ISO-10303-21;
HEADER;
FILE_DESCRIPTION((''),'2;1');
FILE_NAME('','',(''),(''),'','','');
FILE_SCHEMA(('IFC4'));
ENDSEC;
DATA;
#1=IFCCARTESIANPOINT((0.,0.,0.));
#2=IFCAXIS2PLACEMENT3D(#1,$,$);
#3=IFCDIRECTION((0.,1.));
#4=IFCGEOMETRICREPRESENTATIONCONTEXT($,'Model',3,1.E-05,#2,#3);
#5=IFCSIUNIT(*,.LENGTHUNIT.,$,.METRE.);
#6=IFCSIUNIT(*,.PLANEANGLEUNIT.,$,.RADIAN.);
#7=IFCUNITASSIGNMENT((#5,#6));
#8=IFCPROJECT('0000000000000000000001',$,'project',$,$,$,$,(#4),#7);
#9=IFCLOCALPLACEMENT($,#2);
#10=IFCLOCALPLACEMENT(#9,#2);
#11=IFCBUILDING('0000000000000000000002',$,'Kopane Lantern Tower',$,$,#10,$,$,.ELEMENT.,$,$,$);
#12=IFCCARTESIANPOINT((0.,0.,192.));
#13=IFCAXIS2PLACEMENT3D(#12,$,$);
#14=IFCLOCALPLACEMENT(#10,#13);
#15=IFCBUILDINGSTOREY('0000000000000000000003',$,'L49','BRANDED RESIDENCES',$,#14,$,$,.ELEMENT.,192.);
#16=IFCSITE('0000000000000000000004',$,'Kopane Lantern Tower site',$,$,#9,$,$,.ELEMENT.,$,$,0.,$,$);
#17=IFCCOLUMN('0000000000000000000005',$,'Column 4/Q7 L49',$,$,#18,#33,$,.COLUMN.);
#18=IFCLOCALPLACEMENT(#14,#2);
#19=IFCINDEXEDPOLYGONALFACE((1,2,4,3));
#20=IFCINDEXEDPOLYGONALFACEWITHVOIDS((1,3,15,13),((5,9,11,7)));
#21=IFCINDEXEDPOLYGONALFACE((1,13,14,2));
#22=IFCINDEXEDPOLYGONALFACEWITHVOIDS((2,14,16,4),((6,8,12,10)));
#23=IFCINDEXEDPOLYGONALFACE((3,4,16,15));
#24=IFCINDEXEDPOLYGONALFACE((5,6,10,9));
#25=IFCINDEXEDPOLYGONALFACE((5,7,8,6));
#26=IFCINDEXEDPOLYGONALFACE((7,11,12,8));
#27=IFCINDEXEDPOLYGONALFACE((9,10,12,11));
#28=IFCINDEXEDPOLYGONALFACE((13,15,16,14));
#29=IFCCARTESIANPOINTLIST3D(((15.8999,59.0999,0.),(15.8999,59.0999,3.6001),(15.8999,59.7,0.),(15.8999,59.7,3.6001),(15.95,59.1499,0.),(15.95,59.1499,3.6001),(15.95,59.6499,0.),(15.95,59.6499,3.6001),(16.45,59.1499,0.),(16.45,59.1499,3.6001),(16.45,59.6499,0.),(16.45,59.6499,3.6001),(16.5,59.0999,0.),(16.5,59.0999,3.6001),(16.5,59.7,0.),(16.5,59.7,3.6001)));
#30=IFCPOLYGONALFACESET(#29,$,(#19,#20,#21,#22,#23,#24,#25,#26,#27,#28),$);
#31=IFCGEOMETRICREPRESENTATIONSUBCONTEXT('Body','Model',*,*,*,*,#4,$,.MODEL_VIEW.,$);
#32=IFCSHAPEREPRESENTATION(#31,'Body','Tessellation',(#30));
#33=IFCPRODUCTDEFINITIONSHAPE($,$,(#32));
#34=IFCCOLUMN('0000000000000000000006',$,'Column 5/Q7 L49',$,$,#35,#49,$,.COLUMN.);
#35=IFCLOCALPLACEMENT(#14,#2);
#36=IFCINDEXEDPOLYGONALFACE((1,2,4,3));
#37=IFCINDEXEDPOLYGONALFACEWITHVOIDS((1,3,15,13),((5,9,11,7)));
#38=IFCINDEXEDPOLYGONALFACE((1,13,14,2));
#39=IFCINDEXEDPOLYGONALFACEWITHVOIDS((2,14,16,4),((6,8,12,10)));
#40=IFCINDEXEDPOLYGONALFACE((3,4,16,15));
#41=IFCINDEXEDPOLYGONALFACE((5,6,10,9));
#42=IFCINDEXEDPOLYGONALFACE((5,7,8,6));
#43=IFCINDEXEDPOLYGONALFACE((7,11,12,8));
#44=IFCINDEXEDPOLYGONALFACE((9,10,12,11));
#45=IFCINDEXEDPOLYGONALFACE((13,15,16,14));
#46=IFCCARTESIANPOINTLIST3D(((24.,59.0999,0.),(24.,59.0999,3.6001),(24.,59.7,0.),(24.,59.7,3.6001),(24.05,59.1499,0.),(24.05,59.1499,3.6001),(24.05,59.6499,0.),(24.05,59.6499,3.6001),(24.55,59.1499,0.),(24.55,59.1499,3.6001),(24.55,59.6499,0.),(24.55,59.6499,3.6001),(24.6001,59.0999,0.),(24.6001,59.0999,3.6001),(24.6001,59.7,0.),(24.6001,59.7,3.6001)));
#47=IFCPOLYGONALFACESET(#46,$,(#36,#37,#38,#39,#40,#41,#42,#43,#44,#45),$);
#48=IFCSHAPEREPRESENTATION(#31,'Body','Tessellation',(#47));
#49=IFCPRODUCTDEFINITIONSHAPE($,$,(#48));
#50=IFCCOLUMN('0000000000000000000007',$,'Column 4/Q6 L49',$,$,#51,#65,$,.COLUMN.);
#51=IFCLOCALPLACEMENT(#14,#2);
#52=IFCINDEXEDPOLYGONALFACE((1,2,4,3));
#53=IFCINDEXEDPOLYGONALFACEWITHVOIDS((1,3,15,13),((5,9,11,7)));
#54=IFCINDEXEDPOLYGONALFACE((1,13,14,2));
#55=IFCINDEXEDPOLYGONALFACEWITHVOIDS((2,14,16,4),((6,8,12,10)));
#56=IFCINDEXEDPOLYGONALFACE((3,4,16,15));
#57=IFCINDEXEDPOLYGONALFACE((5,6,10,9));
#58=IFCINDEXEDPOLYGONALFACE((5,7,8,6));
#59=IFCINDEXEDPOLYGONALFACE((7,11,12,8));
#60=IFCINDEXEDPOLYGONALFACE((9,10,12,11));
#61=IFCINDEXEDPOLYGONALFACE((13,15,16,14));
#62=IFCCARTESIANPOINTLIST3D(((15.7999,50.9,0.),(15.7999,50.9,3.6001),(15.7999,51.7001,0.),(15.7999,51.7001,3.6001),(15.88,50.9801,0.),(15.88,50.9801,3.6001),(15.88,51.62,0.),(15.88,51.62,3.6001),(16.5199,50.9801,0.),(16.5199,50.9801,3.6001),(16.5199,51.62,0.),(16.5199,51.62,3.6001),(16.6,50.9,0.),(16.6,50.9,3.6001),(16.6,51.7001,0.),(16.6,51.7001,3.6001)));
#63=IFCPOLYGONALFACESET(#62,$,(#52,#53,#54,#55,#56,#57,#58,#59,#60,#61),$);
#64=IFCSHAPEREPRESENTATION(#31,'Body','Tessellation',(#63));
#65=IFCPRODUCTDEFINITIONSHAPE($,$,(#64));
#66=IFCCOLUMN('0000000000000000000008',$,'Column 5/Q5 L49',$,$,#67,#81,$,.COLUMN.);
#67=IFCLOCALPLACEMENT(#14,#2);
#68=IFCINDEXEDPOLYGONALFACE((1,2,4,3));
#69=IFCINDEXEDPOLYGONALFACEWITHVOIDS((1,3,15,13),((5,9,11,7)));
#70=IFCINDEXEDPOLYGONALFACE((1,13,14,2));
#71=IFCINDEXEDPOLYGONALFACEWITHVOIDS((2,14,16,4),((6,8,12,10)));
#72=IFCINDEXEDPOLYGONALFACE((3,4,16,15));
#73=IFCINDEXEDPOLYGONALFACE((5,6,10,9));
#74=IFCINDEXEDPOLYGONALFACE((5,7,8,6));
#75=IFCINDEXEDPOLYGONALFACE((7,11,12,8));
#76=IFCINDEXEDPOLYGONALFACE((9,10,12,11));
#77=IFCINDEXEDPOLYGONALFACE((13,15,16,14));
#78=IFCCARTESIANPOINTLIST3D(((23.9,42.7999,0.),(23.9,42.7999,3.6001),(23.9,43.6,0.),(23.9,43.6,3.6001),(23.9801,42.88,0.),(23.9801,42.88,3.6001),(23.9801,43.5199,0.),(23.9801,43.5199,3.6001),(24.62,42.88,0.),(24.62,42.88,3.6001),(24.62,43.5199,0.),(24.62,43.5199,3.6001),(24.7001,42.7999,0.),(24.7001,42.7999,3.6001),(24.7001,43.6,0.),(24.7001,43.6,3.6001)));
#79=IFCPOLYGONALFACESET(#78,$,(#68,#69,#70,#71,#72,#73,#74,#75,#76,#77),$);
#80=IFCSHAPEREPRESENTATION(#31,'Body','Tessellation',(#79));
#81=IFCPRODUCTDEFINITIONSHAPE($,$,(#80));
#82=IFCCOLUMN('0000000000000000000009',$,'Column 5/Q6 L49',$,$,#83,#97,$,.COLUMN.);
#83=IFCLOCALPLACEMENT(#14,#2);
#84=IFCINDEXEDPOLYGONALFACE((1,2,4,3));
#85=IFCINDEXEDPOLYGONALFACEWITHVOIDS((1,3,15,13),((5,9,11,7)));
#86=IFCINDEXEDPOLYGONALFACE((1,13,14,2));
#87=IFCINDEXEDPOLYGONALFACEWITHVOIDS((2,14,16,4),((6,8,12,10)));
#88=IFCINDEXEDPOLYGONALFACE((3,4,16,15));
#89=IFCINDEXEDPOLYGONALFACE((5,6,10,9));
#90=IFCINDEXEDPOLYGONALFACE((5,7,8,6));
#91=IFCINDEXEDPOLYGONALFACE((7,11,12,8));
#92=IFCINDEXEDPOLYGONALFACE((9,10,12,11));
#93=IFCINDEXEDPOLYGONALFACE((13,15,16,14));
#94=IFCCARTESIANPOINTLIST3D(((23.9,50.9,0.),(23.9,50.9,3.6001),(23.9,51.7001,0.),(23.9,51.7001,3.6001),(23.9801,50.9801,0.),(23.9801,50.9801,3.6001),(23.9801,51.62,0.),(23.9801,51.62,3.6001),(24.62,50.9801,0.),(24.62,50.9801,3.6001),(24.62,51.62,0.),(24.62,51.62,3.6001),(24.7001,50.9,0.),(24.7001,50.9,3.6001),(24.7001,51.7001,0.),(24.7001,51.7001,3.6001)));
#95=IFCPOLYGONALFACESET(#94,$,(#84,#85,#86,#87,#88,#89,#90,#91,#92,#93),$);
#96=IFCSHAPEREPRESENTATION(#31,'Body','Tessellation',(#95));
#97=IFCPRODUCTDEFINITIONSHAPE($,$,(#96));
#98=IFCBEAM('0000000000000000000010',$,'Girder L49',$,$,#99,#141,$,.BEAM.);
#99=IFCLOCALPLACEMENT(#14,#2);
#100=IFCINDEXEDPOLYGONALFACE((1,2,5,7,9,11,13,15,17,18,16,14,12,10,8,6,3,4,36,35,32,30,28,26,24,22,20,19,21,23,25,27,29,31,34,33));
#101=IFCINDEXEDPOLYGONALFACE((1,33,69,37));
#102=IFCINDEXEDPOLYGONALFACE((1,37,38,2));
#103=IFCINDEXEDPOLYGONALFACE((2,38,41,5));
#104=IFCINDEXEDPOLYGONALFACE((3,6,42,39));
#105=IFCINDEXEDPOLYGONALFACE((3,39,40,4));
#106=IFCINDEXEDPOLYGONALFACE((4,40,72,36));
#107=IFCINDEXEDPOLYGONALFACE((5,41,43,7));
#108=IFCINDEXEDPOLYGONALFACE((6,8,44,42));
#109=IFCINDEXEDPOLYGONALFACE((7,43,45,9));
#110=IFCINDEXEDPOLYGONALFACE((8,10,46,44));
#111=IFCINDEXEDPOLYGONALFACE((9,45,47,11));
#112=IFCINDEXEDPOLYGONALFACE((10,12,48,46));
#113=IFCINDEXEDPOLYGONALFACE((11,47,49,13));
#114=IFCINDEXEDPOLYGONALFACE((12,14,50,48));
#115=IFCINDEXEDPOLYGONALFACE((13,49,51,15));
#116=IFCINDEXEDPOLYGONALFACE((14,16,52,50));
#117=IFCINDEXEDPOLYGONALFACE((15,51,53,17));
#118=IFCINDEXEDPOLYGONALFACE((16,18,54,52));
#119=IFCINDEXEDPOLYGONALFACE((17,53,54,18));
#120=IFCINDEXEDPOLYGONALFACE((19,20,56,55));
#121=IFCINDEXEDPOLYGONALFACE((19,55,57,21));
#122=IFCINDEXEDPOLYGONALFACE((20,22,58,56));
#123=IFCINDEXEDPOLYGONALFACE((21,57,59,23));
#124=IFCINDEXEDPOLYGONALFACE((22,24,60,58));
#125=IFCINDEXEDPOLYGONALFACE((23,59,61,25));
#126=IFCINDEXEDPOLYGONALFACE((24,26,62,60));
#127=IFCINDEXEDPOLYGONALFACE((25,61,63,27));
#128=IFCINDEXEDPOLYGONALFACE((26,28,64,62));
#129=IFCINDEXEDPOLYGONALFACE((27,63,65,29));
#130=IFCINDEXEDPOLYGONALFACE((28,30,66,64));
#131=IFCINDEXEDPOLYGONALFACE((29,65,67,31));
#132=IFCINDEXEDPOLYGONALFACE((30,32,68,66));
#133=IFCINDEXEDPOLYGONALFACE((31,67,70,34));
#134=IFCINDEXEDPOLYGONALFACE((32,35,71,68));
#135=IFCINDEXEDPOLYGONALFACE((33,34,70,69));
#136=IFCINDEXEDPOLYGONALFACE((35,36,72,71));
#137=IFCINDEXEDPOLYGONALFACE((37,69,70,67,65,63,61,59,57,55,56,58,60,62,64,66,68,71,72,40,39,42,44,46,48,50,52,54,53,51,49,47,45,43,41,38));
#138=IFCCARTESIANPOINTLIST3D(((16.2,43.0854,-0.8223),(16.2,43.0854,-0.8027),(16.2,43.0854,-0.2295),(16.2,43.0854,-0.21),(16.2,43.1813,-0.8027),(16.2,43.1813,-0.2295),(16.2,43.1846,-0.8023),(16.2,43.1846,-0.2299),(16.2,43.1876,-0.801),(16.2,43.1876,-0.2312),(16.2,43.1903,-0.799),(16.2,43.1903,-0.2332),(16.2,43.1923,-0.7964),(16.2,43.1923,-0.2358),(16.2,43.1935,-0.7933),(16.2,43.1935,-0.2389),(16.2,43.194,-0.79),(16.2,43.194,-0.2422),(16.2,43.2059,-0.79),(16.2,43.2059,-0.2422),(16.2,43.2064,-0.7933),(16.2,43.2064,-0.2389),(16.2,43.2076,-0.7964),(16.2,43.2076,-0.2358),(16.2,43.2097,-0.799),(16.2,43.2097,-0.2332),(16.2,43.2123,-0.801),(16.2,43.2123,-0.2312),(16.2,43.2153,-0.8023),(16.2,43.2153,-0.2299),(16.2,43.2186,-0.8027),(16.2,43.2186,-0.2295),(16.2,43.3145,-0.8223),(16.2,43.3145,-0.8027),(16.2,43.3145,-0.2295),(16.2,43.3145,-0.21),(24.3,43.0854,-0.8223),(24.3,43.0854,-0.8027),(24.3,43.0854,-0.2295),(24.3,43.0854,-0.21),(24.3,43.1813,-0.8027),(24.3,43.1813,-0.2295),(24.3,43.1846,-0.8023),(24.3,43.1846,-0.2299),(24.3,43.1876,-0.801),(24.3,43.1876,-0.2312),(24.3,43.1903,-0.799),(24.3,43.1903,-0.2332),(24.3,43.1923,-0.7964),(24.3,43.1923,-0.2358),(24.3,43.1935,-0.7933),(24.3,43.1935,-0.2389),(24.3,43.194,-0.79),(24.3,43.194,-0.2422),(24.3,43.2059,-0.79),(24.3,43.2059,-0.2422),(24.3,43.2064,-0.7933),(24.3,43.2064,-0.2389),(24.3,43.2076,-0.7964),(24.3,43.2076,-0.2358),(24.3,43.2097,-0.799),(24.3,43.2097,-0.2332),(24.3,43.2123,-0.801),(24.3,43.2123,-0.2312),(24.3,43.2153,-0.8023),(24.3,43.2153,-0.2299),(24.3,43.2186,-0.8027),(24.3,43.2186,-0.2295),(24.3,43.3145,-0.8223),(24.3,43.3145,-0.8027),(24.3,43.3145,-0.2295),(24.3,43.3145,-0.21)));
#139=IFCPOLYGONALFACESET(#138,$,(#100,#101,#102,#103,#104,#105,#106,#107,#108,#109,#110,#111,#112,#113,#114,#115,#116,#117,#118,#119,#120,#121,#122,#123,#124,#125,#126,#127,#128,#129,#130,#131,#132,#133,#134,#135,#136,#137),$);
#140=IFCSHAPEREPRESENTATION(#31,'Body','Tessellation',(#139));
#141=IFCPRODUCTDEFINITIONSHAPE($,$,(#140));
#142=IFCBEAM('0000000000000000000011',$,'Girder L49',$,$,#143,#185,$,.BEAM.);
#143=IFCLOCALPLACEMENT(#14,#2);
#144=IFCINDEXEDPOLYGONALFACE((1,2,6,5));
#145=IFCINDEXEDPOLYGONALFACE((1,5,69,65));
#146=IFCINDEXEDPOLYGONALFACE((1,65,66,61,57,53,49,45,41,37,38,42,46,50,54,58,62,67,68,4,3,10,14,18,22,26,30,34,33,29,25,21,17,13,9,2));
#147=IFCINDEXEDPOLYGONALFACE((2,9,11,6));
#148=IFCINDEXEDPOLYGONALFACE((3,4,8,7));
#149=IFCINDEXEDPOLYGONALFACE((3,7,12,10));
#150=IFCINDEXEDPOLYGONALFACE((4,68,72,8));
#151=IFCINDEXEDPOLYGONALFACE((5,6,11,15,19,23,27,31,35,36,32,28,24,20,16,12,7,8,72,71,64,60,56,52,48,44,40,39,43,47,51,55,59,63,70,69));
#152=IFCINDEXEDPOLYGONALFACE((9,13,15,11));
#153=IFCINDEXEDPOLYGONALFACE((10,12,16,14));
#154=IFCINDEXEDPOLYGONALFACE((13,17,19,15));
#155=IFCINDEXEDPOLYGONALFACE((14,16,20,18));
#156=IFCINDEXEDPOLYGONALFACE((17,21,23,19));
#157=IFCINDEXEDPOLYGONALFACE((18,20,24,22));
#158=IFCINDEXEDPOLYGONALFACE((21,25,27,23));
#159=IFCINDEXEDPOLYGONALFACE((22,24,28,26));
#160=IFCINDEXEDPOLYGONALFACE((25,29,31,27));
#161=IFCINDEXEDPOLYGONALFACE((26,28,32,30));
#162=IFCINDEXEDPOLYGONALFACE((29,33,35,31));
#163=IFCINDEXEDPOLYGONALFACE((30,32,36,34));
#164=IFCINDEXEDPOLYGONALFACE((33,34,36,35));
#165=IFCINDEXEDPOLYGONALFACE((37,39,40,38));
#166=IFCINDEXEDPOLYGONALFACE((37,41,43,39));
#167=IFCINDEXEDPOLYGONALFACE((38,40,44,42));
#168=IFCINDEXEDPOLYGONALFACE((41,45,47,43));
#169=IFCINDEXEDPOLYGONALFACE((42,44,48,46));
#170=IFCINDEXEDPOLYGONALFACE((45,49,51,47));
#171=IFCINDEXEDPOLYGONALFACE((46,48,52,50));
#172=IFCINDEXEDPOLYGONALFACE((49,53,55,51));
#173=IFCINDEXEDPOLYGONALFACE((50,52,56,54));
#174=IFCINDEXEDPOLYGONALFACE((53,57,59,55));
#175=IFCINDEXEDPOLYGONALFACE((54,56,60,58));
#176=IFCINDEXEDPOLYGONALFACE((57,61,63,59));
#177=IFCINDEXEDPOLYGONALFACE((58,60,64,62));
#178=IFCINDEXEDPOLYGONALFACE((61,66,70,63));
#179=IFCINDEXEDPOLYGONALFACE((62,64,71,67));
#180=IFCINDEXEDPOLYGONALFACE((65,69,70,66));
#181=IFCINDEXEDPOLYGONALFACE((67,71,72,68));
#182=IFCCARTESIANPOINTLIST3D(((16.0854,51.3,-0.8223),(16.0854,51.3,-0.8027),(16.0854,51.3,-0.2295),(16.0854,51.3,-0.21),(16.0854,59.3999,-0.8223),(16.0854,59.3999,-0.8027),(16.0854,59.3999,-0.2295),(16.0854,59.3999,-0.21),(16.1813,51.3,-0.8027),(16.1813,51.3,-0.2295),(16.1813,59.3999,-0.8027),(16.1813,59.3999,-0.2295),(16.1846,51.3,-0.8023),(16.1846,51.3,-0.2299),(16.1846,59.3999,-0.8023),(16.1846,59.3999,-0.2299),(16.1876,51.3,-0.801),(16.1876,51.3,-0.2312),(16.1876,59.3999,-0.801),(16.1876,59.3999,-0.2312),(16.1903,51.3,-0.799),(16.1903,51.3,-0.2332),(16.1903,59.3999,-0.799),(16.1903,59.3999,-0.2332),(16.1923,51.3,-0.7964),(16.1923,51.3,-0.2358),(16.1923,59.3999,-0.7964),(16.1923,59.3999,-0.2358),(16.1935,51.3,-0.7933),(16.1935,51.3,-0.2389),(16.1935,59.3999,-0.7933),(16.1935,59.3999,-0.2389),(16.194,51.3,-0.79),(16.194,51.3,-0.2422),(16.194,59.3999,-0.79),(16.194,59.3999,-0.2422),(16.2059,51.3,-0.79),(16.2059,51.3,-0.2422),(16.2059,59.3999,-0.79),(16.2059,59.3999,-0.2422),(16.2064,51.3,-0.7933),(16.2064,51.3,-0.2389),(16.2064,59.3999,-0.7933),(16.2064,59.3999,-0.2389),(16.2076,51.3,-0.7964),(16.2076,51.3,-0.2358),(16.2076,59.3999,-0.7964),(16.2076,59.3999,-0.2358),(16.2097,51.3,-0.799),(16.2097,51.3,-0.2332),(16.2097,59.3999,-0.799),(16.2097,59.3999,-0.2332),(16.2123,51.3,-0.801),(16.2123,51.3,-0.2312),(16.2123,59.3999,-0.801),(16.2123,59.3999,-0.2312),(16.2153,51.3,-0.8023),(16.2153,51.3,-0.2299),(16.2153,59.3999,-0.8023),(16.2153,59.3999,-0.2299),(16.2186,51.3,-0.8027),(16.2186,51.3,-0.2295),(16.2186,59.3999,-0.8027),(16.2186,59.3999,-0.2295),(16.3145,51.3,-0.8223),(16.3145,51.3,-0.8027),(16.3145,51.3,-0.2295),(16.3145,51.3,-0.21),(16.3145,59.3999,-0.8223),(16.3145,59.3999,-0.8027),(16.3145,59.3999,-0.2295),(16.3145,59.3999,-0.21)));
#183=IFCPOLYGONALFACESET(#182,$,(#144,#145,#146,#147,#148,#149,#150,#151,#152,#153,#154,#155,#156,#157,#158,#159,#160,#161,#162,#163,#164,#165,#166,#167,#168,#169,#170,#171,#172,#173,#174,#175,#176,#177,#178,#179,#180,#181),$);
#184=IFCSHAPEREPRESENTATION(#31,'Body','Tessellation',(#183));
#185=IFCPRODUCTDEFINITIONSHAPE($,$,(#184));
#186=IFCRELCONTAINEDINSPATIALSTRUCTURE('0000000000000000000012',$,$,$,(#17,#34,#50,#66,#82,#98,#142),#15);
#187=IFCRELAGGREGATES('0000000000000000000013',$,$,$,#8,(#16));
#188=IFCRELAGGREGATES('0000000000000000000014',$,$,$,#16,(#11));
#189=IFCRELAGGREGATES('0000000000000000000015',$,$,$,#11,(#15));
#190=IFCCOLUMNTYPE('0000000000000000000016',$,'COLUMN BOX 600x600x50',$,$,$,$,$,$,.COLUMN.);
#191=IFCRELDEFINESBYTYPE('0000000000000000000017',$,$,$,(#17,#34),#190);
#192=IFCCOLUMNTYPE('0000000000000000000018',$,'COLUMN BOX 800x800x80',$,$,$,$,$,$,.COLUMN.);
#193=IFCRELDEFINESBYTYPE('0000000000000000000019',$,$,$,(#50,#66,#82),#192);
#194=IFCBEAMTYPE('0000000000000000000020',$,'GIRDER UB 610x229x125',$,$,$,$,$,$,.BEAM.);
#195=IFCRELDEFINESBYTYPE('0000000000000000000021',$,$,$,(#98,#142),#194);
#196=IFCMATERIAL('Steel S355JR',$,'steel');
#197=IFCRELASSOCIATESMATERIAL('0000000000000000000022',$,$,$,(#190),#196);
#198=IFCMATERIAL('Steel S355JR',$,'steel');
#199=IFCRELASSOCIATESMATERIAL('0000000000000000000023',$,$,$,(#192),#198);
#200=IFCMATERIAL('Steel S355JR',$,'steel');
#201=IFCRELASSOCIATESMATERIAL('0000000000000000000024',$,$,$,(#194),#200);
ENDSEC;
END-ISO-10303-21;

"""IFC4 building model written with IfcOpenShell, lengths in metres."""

from ifc_helpers import new_model, si_unit, direction, frame, origin, origin_2d, place, context, subcontext, project, spatial, hollow_rectangle, i_section, extrude, material, material_profile, profile_set, type_object, element, save


model = new_model("IFC4")

# Units and contexts
model_context = context("Model", 3, precision=1e-05, world=origin(), true_north=direction((0.0, 1.0)))
body_context = subcontext(model_context, "Body", "Model", "MODEL_VIEW")
ifc_project = project(units=[si_unit("LENGTHUNIT", "METRE"), si_unit("PLANEANGLEUNIT", "RADIAN")], contexts=[model_context])

# Site, building, storey
site_placement = place(None, origin())
site = spatial("IfcSite", under=ifc_project, at=site_placement, Name="Kopane Lantern Tower site", CompositionType="ELEMENT", RefElevation=0.0)
building_placement = place(site_placement, origin())
building = spatial("IfcBuilding", under=site, at=building_placement, Name="Kopane Lantern Tower", CompositionType="ELEMENT")
storey_placement = place(building_placement, frame((0.0, 0.0, 192.0)))
storey = spatial("IfcBuildingStorey", under=building, at=storey_placement, Name="L49", Description="BRANDED RESIDENCES", CompositionType="ELEMENT", Elevation=192.0)

# Columns
ifc_material_1 = material(Name="Steel S355JR", Category="steel")
ifc_material_profile_1 = material_profile(ifc_material_1, hollow_rectangle(XDim=0.6001, YDim=0.6001, WallThickness=0.05, at=origin_2d()), Name="BOX 600x600x50")
ifc_profile_set_1 = profile_set([ifc_material_profile_1], Name="Steel S355JR")
column_type_1 = type_object("IfcColumnType", Name="COLUMN BOX 600x600x50", PredefinedType="COLUMN", material=ifc_profile_set_1)
for number, where, z_axis, x_axis, name in (
    (1, (16.2, 59.3999, 0.0), (0.0, 0.0, 1.0), (1.0, 0.0, 0.0), "Column 4/Q7 L49"),
    (2, (24.3, 59.3999, 0.0), (0.0, 0.0, 1.0), (1.0, 0.0, 0.0), "Column 5/Q7 L49"),
):
    element("IfcColumn", number, at=place(storey_placement, frame(where, z_axis=z_axis, x_axis=x_axis)), inside=storey, type_object=column_type_1, Name=name, PredefinedType="COLUMN", context=body_context, shape_type="SweptSolid", body=[
        extrude(hollow_rectangle(XDim=0.6001, YDim=0.6001, WallThickness=0.05, at=origin_2d()), origin(), (0.0, 0.0, 1.0), 3.6001),
    ])
ifc_material_2 = material(Name="Steel S355JR", Category="steel")
ifc_material_profile_2 = material_profile(ifc_material_2, hollow_rectangle(XDim=0.8, YDim=0.8, WallThickness=0.0801, at=origin_2d()), Name="BOX 800x800x80")
ifc_profile_set_2 = profile_set([ifc_material_profile_2], Name="Steel S355JR")
column_type_2 = type_object("IfcColumnType", Name="COLUMN BOX 800x800x80", PredefinedType="COLUMN", material=ifc_profile_set_2)
for number, where, z_axis, x_axis, name in (
    (3, (16.2, 51.3, 0.0), (0.0, 0.0, 1.0), (1.0, 0.0, 0.0), "Column 4/Q6 L49"),
    (4, (24.3, 43.2, 0.0), (0.0, 0.0, 1.0), (1.0, 0.0, 0.0), "Column 5/Q5 L49"),
    (5, (24.3, 51.3, 0.0), (0.0, 0.0, 1.0), (1.0, 0.0, 0.0), "Column 5/Q6 L49"),
):
    element("IfcColumn", number, at=place(storey_placement, frame(where, z_axis=z_axis, x_axis=x_axis)), inside=storey, type_object=column_type_2, Name=name, PredefinedType="COLUMN", context=body_context, shape_type="SweptSolid", body=[
        extrude(hollow_rectangle(XDim=0.8, YDim=0.8, WallThickness=0.0801, at=origin_2d()), origin(), (0.0, 0.0, 1.0), 3.6001),
    ])

# Beams
ifc_material_3 = material(Name="Steel S355JR", Category="steel")
ifc_material_profile_3 = material_profile(ifc_material_3, i_section(OverallWidth=0.229, OverallDepth=0.6123, WebThickness=0.012, FlangeThickness=0.0195, FilletRadius=0.0127, at=origin_2d()), Name="UB 610x229x125")
ifc_profile_set_3 = profile_set([ifc_material_profile_3], Name="Steel S355JR")
beam_type = type_object("IfcBeamType", Name="GIRDER UB 610x229x125", PredefinedType="BEAM", material=ifc_profile_set_3)
beam_1_placement = place(storey_placement, frame((16.2, 43.2, -0.5161), z_axis=(1.0, 0.0, 0.0), x_axis=(0.0, 1.0, 0.0)))
element("IfcBeam", 6, at=beam_1_placement, inside=storey, type_object=beam_type, Name="Girder L49", PredefinedType="BEAM", context=body_context, shape_type="SweptSolid", body=[
    extrude(i_section(OverallWidth=0.229, OverallDepth=0.6123, WebThickness=0.012, FlangeThickness=0.0195, FilletRadius=0.0127, at=origin_2d()), origin(), (0.0, 0.0, 1.0), 8.1001),
])
beam_2_placement = place(storey_placement, frame((16.2, 51.3, -0.5161), z_axis=(0.0, 1.0, 0.0), x_axis=(-1.0, 0.0, 0.0)))
element("IfcBeam", 7, at=beam_2_placement, inside=storey, type_object=beam_type, Name="Girder L49", PredefinedType="BEAM", context=body_context, shape_type="SweptSolid", body=[
    extrude(i_section(OverallWidth=0.229, OverallDepth=0.6123, WebThickness=0.012, FlangeThickness=0.0195, FilletRadius=0.0127, at=origin_2d()), origin(), (0.0, 0.0, 1.0), 8.0999),
])

save(model, "model.ifc")
